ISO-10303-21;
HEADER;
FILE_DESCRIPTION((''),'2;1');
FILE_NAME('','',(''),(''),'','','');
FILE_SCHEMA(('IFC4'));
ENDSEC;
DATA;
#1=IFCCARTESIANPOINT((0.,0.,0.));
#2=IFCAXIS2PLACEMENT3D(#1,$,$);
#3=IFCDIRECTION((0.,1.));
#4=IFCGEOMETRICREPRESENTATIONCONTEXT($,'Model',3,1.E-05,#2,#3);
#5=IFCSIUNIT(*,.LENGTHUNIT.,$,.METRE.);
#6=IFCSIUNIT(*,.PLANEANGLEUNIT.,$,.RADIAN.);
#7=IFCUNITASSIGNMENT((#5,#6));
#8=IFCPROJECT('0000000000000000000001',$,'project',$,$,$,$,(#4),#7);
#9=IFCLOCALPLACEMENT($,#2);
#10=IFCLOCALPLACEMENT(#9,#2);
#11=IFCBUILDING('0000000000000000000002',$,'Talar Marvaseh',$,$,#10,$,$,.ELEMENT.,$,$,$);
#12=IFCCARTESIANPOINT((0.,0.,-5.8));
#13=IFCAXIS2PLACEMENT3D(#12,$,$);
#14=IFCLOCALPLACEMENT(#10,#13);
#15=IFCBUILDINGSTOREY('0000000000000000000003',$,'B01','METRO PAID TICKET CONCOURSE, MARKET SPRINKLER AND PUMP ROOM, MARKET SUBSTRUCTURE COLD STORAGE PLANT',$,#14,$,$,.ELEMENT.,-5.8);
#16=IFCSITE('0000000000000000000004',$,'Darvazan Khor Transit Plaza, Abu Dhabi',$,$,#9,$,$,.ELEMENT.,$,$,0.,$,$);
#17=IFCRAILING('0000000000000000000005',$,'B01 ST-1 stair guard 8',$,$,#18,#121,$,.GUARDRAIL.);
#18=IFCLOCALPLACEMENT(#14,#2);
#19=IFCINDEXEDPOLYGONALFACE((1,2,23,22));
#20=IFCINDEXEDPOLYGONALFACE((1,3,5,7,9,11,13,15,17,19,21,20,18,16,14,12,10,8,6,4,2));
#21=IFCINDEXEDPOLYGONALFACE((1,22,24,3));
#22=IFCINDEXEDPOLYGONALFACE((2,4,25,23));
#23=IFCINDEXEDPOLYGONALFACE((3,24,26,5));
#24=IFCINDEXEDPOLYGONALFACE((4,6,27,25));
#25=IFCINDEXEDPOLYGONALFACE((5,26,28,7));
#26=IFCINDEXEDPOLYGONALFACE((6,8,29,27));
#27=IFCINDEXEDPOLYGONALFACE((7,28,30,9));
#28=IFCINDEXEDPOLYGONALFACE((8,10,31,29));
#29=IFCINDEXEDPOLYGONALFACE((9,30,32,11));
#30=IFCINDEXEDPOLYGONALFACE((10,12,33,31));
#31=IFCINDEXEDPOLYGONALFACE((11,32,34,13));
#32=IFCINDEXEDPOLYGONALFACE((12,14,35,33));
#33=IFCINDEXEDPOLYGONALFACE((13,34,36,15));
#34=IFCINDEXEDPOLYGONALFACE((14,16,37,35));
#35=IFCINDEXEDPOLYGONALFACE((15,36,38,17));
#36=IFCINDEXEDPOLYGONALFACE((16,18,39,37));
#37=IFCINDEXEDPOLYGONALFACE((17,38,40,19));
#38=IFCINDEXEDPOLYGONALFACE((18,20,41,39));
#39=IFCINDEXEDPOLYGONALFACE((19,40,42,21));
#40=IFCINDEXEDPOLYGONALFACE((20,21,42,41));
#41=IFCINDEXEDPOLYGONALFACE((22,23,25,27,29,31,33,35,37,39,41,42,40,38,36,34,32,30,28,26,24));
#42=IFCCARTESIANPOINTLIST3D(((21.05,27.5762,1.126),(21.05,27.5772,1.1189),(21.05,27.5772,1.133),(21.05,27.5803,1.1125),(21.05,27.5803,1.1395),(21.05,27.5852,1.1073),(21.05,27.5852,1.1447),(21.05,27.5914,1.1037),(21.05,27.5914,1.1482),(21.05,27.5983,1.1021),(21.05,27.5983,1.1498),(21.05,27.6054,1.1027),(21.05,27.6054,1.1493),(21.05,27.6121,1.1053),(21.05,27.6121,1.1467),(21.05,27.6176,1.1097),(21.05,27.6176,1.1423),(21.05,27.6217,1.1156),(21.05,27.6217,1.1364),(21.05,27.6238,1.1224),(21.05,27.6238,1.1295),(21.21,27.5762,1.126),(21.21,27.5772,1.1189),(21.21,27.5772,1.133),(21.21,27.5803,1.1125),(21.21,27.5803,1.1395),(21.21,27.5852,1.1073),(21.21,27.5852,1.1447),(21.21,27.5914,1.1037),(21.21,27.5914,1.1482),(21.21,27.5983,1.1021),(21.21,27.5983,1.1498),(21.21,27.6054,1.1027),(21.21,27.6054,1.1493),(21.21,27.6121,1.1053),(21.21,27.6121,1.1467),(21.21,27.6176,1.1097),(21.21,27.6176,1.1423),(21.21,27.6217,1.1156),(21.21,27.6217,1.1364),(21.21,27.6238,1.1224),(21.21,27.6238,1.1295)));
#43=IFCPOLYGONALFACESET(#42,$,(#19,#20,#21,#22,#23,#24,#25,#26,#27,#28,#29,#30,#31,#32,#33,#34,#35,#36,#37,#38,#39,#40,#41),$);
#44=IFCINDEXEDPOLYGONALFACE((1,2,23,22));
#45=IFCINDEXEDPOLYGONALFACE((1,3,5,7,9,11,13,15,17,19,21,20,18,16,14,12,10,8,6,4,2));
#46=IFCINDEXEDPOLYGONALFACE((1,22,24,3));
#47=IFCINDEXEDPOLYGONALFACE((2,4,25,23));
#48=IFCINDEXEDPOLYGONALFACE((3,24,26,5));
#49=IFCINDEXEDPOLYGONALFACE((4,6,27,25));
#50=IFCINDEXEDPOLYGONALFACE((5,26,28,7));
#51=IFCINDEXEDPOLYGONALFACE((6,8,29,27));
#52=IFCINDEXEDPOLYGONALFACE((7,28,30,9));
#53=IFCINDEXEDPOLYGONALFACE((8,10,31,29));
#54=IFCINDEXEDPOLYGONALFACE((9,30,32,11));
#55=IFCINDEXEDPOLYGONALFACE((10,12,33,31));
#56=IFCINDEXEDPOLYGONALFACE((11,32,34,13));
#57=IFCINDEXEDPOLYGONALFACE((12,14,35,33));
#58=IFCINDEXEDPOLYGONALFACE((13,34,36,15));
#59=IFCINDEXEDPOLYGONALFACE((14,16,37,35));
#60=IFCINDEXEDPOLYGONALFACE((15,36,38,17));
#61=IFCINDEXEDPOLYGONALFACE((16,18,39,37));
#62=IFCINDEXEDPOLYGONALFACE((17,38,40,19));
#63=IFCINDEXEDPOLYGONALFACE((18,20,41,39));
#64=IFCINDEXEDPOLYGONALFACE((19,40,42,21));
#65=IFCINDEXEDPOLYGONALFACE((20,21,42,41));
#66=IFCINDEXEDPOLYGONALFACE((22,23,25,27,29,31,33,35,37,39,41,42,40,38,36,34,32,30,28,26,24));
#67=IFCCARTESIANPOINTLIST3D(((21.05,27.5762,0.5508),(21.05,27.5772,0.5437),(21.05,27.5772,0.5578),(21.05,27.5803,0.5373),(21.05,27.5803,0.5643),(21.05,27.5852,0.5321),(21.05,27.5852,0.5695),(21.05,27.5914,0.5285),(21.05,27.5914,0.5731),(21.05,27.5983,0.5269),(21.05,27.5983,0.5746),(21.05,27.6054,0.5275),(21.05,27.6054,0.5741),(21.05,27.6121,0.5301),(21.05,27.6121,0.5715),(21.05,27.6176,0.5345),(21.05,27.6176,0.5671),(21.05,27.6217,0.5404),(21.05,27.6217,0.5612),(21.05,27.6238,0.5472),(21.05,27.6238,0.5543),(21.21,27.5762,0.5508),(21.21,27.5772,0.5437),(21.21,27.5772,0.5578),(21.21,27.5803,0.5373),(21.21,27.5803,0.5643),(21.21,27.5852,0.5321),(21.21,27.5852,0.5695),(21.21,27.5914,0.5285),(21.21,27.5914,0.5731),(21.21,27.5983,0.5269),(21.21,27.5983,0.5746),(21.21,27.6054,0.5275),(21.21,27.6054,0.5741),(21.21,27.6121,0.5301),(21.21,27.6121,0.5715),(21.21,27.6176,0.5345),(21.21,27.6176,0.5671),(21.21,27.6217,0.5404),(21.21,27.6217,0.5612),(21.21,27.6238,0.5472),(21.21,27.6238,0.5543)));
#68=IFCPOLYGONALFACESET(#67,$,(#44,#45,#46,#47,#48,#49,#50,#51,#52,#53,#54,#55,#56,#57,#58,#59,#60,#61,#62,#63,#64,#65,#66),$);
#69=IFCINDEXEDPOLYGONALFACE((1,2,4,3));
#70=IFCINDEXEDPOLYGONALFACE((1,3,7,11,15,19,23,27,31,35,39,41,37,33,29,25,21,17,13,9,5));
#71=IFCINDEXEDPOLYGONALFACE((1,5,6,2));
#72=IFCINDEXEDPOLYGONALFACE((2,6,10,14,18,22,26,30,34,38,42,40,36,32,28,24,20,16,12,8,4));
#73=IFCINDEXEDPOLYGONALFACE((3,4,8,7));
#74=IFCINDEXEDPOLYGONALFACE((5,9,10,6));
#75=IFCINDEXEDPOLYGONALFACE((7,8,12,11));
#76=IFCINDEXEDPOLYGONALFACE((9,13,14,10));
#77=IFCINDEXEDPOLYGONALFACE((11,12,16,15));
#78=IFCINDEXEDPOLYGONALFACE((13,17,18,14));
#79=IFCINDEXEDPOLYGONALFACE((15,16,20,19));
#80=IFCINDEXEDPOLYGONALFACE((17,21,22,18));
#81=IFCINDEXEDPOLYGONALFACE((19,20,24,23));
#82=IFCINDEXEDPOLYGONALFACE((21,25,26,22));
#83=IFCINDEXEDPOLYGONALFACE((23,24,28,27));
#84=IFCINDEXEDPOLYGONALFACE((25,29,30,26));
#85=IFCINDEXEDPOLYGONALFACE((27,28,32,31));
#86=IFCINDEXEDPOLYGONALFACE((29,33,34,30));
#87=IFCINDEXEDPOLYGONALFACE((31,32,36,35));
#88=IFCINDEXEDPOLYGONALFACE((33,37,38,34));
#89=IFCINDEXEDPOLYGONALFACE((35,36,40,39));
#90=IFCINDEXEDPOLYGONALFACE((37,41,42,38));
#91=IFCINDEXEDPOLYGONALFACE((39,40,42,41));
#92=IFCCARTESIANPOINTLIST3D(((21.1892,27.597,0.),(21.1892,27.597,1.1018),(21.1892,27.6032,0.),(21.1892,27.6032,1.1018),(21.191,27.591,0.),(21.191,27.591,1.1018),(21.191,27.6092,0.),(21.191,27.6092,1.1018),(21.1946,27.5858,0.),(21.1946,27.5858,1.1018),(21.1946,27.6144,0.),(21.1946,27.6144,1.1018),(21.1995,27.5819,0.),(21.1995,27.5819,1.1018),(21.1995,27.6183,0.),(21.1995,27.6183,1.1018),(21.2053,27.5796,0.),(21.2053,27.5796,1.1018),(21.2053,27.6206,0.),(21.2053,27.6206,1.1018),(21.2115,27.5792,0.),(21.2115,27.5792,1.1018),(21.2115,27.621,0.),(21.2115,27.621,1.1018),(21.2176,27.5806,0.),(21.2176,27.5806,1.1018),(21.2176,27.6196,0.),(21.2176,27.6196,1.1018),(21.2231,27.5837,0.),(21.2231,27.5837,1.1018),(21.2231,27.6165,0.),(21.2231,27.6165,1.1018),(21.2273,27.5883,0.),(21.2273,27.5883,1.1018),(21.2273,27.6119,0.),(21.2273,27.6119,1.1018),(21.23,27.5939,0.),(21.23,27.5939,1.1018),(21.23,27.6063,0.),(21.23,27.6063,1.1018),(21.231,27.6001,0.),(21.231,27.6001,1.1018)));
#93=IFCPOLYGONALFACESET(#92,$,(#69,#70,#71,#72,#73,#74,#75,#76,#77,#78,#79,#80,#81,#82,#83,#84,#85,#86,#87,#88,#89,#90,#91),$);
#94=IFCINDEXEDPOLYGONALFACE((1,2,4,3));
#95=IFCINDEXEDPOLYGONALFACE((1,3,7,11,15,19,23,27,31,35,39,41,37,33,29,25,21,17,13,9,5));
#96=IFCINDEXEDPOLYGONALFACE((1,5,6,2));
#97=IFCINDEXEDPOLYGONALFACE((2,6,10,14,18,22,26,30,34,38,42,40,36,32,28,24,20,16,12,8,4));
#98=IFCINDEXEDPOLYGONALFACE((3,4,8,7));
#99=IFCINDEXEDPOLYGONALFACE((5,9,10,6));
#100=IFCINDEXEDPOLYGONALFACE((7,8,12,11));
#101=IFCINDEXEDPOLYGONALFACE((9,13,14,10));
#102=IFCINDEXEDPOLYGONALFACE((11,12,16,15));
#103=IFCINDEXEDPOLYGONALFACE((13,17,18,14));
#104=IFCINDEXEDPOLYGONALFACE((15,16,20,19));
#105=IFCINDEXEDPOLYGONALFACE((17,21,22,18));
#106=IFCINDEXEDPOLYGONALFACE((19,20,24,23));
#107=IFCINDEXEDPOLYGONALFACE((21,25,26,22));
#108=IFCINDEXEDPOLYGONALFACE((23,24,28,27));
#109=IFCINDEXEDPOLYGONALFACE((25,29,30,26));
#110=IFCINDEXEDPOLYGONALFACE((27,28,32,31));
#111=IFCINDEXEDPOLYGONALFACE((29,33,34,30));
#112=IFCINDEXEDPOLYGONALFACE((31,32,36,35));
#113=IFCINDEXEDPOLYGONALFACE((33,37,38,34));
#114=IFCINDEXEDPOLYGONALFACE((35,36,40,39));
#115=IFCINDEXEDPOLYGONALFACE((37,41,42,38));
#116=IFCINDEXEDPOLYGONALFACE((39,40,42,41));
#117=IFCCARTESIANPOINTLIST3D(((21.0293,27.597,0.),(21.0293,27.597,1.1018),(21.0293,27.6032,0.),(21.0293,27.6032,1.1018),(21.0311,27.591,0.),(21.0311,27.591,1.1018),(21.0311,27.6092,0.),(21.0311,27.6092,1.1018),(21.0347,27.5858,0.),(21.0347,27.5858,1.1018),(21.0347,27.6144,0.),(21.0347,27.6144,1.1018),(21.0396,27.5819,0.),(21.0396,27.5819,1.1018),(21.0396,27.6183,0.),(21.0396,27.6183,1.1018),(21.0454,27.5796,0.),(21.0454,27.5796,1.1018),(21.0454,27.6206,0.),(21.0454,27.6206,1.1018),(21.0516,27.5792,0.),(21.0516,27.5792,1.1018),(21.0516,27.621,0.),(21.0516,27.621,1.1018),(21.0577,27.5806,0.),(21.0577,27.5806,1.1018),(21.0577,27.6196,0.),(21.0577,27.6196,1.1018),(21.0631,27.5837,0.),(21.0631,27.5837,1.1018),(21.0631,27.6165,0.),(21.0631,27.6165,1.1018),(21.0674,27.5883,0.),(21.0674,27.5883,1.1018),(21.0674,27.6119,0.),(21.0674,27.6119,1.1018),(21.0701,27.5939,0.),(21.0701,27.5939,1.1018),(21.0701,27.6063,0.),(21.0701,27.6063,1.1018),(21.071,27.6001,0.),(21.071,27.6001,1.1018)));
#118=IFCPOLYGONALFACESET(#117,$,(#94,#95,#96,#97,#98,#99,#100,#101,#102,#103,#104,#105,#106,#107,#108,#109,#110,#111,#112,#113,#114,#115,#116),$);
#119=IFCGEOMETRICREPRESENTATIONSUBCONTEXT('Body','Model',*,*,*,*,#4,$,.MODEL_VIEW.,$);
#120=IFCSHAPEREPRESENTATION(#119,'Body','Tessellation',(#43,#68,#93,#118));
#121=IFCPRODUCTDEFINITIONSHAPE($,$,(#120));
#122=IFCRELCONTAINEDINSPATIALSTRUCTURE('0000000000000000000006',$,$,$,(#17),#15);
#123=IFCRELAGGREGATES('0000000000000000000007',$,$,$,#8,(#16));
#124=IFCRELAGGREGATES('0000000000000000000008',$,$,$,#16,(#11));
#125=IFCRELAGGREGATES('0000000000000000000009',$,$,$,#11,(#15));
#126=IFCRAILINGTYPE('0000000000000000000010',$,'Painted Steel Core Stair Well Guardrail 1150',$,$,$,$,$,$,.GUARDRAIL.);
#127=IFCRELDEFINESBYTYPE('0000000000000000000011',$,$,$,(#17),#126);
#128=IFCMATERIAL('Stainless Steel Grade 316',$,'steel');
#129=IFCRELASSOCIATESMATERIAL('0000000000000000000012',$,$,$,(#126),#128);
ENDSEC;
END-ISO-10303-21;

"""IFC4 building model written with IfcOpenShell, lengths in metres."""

from ifc_helpers import new_model, si_unit, direction, frame, origin, origin_2d, place, context, subcontext, project, spatial, circle, extrude, material, type_object, element, save


model = new_model("IFC4")

# Units and contexts
model_context = context("Model", 3, precision=1e-05, world=origin(), true_north=direction((0.0, 1.0)))
body_context = subcontext(model_context, "Body", "Model", "MODEL_VIEW")
ifc_project = project(units=[si_unit("LENGTHUNIT", "METRE"), si_unit("PLANEANGLEUNIT", "RADIAN")], contexts=[model_context])

# Site, building, storey
site_placement = place(None, origin())
site = spatial("IfcSite", under=ifc_project, at=site_placement, Name="Darvazan Khor Transit Plaza, Abu Dhabi", CompositionType="ELEMENT", RefElevation=0.0)
building_placement = place(site_placement, origin())
building = spatial("IfcBuilding", under=site, at=building_placement, Name="Talar Marvaseh", CompositionType="ELEMENT")
storey_placement = place(building_placement, frame((0.0, 0.0, -5.8)))
storey = spatial("IfcBuildingStorey", under=building, at=storey_placement, Name="B01", Description="METRO PAID TICKET CONCOURSE, MARKET SPRINKLER AND PUMP ROOM, MARKET SUBSTRUCTURE COLD STORAGE PLANT", CompositionType="ELEMENT", Elevation=-5.8)

# Railing
ifc_material_1 = material(Name="Stainless Steel Grade 316", Category="steel")
railing_type_1 = type_object("IfcRailingType", Name="Painted Steel Core Stair Well Guardrail 1150", PredefinedType="GUARDRAIL", material=ifc_material_1)
railing_1_placement = place(storey_placement, frame((21.21, 27.6001, 0.0)))
element("IfcRailing", 1, at=railing_1_placement, inside=storey, type_object=railing_type_1, Name="B01 ST-1 stair guard 8", PredefinedType="GUARDRAIL", context=body_context, shape_type="SweptSolid", body=[
    extrude(circle(Radius=0.0239, at=origin_2d()), frame((0.0, 0.0, 1.126), z_axis=(-1.0, 0.0, 0.0), x_axis=(0.0, -1.0, 0.0)), (0.0, 0.0, 1.0), 0.1599),
    extrude(circle(Radius=0.0239, at=origin_2d()), frame((0.0, 0.0, 0.5508), z_axis=(-1.0, 0.0, 0.0), x_axis=(0.0, -1.0, 0.0)), (0.0, 0.0, 1.0), 0.1599),
    extrude(circle(Radius=0.021, at=origin_2d()), origin(), (0.0, 0.0, 1.0), 1.1018),
    extrude(circle(Radius=0.021, at=origin_2d()), frame((-0.1599, 0.0, 0.0)), (0.0, 0.0, 1.0), 1.1018),
])

save(model, "model.ifc")
